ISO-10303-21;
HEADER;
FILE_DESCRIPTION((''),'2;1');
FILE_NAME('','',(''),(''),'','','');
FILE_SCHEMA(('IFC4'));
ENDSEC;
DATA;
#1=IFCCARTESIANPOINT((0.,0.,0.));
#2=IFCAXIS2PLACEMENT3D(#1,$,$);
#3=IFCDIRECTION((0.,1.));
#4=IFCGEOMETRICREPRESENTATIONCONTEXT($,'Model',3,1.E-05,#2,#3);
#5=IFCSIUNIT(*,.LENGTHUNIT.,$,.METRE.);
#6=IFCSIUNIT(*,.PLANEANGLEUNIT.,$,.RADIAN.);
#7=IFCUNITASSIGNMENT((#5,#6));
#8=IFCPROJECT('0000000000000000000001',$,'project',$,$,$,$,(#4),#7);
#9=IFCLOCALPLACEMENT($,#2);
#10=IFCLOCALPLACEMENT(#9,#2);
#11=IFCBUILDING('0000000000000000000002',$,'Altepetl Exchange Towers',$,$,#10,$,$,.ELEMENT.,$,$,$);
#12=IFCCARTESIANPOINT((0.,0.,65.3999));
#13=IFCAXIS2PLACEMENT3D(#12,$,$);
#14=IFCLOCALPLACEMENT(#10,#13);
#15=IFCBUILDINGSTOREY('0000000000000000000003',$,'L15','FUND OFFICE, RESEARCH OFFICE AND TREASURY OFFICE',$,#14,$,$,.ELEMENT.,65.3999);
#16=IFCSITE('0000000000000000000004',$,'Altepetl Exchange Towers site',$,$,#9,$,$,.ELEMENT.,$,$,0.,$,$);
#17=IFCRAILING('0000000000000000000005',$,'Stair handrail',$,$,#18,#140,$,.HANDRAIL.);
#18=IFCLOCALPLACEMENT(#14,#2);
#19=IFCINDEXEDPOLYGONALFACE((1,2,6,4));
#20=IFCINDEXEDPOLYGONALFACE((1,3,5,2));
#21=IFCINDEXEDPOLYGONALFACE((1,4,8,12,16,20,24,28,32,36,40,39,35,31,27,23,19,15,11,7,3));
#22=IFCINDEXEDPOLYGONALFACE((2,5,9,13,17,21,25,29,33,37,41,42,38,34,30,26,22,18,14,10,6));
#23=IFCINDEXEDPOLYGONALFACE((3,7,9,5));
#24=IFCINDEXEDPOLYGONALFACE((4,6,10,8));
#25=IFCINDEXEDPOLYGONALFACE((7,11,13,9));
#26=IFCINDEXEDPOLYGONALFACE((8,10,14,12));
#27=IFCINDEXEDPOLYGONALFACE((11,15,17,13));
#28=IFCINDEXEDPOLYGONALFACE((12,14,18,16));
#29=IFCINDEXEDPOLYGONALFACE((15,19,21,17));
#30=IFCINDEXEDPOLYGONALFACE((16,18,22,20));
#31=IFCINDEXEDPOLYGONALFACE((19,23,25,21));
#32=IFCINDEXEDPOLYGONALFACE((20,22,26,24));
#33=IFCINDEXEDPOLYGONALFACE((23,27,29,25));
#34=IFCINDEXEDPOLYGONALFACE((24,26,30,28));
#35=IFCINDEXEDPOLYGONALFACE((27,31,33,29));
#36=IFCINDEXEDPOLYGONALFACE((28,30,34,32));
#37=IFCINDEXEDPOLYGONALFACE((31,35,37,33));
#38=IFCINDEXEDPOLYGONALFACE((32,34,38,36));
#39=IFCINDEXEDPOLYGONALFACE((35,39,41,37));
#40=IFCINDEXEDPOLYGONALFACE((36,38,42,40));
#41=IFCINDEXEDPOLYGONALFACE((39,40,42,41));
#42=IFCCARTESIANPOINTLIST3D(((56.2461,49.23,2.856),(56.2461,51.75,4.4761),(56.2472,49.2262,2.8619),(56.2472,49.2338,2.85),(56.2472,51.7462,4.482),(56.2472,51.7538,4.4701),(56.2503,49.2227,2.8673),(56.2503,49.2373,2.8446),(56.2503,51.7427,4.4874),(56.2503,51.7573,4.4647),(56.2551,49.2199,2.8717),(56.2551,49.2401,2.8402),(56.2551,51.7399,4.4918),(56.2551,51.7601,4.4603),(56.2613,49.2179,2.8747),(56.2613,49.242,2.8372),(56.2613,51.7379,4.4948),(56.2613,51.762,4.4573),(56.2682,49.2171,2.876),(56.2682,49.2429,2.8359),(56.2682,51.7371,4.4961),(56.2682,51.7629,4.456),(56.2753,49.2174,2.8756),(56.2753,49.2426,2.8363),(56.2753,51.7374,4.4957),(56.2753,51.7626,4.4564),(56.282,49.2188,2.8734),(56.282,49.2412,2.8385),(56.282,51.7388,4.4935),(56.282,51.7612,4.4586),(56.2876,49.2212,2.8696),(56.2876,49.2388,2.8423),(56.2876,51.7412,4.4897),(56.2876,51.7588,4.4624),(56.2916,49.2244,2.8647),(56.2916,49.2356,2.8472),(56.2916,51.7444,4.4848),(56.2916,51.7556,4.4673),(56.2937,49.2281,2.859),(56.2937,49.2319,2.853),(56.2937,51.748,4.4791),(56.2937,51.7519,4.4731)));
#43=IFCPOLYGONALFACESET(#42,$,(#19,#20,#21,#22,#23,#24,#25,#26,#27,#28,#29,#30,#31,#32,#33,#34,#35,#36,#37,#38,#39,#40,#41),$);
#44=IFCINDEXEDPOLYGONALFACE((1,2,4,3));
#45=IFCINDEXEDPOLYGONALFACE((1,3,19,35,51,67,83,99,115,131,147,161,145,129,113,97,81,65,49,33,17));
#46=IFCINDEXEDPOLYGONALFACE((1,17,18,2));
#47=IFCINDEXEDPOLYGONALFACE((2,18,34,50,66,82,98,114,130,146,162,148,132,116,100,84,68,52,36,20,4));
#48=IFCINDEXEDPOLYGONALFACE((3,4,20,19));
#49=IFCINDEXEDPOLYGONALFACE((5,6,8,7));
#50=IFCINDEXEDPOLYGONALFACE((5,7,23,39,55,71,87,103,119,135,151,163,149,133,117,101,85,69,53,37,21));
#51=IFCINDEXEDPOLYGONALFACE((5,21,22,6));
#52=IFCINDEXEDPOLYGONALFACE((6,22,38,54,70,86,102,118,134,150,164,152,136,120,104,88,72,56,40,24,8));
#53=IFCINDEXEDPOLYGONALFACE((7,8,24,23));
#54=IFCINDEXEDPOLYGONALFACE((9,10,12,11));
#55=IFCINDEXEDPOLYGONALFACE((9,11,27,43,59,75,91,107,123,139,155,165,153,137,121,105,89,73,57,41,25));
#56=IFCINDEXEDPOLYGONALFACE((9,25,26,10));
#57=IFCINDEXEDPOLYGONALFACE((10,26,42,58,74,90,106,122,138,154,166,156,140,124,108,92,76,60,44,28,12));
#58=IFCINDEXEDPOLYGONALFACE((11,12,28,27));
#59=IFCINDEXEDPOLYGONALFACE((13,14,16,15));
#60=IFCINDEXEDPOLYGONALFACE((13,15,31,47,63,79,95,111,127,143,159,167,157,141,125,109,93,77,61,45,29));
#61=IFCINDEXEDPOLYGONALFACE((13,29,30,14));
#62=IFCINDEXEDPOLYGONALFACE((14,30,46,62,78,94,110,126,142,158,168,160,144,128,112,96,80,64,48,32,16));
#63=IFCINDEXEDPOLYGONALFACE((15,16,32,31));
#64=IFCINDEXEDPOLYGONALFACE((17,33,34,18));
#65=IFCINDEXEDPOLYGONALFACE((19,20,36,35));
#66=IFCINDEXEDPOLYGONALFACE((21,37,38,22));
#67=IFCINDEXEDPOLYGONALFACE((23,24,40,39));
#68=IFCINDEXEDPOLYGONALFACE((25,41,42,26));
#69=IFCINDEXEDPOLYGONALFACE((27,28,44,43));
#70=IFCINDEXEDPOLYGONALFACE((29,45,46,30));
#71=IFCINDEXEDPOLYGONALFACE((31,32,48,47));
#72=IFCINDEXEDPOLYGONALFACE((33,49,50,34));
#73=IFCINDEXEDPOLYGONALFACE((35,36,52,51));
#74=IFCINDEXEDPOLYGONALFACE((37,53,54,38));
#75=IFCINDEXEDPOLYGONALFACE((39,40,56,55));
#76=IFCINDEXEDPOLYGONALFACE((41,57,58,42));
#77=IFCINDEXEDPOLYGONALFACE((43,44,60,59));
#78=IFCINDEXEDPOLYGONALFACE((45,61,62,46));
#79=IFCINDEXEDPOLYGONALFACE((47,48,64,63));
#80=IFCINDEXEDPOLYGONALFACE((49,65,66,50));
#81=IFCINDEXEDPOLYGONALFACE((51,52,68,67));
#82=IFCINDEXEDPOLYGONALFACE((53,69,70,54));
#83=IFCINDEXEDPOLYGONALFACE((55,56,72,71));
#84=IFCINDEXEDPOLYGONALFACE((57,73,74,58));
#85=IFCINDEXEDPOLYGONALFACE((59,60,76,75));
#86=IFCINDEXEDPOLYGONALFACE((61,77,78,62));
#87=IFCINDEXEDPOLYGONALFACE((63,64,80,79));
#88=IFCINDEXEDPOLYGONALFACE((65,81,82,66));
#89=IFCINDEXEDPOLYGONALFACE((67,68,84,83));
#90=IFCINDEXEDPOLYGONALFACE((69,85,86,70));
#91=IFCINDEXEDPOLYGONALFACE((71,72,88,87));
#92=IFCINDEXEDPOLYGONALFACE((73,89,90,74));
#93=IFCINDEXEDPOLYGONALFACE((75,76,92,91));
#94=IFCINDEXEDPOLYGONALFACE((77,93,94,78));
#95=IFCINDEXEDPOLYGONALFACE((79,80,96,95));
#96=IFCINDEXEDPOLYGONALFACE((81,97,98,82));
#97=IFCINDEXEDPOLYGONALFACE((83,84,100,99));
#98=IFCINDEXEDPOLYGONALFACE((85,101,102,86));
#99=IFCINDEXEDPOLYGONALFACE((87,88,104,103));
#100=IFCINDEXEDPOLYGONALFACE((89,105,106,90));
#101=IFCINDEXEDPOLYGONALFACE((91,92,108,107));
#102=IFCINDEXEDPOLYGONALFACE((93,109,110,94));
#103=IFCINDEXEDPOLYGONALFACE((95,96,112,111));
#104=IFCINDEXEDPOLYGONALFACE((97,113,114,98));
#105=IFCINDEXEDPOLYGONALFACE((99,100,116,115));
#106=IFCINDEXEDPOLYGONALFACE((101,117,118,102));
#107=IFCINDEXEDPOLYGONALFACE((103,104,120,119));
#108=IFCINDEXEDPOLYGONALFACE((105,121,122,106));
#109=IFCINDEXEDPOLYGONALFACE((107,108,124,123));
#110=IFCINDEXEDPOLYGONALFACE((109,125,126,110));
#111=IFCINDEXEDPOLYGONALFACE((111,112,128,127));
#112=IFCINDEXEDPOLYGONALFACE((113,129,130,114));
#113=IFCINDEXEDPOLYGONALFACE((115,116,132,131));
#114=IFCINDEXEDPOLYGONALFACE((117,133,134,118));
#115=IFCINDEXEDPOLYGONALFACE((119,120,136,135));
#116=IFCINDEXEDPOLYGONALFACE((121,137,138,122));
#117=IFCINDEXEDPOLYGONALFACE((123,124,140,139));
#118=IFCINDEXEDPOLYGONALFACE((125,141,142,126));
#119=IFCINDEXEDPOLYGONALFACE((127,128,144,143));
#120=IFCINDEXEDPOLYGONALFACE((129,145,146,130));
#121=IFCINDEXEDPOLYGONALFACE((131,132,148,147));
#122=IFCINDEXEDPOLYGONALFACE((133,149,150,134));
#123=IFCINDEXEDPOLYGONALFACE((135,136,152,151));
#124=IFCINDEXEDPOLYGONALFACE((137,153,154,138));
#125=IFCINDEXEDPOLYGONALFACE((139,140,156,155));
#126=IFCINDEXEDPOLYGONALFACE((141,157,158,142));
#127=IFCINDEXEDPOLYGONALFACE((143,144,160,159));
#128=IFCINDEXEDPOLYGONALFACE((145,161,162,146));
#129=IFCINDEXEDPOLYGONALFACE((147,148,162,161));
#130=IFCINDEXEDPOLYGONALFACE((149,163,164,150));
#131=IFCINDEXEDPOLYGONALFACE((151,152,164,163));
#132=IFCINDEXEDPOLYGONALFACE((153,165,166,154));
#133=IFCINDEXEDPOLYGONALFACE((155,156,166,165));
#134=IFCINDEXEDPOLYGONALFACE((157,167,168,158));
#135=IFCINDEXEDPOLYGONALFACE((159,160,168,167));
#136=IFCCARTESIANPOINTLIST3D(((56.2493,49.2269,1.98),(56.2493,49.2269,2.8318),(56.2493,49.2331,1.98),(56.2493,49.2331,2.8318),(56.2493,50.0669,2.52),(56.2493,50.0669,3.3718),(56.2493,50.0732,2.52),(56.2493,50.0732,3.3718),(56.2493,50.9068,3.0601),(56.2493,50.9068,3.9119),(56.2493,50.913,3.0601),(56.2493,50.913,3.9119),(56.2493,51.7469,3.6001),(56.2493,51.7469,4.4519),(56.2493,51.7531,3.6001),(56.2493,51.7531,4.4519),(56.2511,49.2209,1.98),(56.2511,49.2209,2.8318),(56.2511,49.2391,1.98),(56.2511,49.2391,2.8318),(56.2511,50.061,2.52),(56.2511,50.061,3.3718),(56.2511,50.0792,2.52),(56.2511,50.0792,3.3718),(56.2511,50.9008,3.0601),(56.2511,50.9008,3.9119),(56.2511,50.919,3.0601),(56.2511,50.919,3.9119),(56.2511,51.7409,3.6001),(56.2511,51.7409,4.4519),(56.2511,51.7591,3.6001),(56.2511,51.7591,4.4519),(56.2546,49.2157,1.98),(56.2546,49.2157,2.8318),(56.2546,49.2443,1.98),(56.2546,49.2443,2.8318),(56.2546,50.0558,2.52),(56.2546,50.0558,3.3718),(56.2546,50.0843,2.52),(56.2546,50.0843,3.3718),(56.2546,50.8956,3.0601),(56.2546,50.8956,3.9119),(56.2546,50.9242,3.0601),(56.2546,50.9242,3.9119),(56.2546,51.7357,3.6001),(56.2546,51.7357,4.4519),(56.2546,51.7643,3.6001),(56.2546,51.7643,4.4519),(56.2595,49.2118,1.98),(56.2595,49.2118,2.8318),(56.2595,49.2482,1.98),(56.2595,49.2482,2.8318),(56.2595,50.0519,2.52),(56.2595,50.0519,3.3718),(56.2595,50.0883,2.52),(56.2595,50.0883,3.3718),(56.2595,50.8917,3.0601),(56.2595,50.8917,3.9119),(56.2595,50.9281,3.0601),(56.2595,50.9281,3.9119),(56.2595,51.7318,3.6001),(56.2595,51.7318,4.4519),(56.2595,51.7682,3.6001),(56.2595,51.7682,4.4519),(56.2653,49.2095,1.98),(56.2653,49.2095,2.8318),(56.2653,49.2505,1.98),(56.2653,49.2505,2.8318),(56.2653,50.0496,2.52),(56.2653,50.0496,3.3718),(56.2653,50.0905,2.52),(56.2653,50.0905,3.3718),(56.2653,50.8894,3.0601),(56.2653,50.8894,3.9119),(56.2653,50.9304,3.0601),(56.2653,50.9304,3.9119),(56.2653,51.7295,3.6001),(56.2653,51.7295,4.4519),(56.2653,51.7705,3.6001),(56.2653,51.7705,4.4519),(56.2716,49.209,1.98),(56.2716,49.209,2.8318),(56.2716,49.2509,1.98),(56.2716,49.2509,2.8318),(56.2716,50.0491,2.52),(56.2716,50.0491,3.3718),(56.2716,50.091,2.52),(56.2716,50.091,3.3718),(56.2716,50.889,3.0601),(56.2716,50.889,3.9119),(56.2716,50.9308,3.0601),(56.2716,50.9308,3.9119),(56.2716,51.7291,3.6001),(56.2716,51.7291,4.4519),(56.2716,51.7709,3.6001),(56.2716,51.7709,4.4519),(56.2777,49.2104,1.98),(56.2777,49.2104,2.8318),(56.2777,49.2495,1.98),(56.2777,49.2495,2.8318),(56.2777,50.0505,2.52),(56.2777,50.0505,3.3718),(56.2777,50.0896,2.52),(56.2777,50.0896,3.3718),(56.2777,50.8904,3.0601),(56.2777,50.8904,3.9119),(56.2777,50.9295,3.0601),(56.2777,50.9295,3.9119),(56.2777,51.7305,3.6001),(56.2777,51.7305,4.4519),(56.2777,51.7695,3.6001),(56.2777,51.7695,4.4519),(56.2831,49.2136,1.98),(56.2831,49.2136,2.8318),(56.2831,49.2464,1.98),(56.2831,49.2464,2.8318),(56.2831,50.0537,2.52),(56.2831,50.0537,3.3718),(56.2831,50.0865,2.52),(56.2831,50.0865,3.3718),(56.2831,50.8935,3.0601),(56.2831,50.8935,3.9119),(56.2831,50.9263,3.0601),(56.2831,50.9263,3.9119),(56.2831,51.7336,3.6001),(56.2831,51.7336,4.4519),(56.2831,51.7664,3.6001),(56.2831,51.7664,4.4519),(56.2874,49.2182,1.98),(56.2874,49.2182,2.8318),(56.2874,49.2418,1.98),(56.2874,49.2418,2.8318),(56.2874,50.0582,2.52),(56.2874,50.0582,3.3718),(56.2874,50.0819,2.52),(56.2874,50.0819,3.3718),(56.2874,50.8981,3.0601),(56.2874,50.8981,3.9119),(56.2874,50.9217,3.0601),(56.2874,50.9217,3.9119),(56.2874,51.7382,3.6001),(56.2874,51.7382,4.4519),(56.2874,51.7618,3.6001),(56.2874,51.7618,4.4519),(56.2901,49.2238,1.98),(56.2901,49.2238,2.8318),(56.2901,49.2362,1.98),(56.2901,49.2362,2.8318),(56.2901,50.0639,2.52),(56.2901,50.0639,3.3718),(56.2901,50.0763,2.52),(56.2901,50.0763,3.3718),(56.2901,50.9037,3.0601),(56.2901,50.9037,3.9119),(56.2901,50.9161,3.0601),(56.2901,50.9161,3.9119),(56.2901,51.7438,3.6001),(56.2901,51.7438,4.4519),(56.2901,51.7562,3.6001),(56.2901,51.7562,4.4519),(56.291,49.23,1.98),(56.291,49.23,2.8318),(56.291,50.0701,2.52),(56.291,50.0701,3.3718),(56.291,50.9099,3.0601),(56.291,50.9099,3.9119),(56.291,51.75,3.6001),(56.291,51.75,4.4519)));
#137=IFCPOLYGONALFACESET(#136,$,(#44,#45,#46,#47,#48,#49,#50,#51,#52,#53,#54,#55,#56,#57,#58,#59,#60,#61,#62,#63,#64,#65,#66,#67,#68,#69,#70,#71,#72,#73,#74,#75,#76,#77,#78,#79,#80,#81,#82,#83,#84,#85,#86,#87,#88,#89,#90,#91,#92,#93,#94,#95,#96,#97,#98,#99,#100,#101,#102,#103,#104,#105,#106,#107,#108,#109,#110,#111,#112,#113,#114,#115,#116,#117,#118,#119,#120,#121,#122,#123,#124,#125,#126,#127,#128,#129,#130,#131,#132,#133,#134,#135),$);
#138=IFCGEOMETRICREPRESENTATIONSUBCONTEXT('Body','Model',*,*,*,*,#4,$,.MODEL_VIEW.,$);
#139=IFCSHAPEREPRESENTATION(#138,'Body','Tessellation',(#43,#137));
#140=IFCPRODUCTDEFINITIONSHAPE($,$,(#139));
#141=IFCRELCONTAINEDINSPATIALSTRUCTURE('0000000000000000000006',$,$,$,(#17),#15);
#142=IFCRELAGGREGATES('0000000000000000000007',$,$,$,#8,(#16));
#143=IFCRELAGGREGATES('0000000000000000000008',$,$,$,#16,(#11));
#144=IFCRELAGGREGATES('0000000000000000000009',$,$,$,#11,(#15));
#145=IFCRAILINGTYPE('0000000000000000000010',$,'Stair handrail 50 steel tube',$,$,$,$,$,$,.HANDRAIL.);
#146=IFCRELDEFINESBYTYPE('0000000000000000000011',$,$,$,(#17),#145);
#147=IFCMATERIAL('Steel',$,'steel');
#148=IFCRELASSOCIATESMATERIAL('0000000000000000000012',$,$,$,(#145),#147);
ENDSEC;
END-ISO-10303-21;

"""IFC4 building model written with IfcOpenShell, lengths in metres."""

from ifc_helpers import new_model, si_unit, direction, frame, origin, origin_2d, place, context, subcontext, project, spatial, circle, extrude, source, transform, mapped, material, type_object, element, save


model = new_model("IFC4")

# Units and contexts
model_context = context("Model", 3, precision=1e-05, world=origin(), true_north=direction((0.0, 1.0)))
body_context = subcontext(model_context, "Body", "Model", "MODEL_VIEW")
ifc_project = project(units=[si_unit("LENGTHUNIT", "METRE"), si_unit("PLANEANGLEUNIT", "RADIAN")], contexts=[model_context])

# Site, building, storey
site_placement = place(None, origin())
site = spatial("IfcSite", under=ifc_project, at=site_placement, Name="Altepetl Exchange Towers site", CompositionType="ELEMENT", RefElevation=0.0)
building_placement = place(site_placement, origin())
building = spatial("IfcBuilding", under=site, at=building_placement, Name="Altepetl Exchange Towers", CompositionType="ELEMENT")
storey_placement = place(building_placement, frame((0.0, 0.0, 65.3999)))
storey = spatial("IfcBuildingStorey", under=building, at=storey_placement, Name="L15", Description="FUND OFFICE, RESEARCH OFFICE AND TREASURY OFFICE", CompositionType="ELEMENT", Elevation=65.3999)

# Railing
ifc_material_1 = material(Name="Steel", Category="steel")
railing_type = type_object("IfcRailingType", Name="Stair handrail 50 steel tube", PredefinedType="HANDRAIL", material=ifc_material_1)
shared_shape = source(origin(), body_context, "Body", "SweptSolid", [
    extrude(circle(Radius=0.021, at=origin_2d()), origin(), (0.0, 0.0, 1.0), 0.8518),
])
railing_1_placement = place(storey_placement, frame((56.27, 49.23, 1.98)))
element("IfcRailing", 1, at=railing_1_placement, inside=storey, type_object=railing_type, Name="Stair handrail", PredefinedType="HANDRAIL", context=body_context, shape_type="SweptSolid", body=[
    extrude(circle(Radius=0.0239, at=origin_2d()), frame((0.0, 0.0, 0.876), z_axis=(0.0, 0.841163, 0.540782), x_axis=(-1.0, 0.0, 0.0)), (0.0, 0.0, 1.0), 2.9958),
    mapped(shared_shape, transform((0.0, 0.0, 0.0))),
    mapped(shared_shape, transform((0.0, 0.8401, 0.54))),
    mapped(shared_shape, transform((0.0, 1.6799, 1.0801))),
    mapped(shared_shape, transform((0.0, 2.52, 1.6201))),
])

save(model, "model.ifc")
